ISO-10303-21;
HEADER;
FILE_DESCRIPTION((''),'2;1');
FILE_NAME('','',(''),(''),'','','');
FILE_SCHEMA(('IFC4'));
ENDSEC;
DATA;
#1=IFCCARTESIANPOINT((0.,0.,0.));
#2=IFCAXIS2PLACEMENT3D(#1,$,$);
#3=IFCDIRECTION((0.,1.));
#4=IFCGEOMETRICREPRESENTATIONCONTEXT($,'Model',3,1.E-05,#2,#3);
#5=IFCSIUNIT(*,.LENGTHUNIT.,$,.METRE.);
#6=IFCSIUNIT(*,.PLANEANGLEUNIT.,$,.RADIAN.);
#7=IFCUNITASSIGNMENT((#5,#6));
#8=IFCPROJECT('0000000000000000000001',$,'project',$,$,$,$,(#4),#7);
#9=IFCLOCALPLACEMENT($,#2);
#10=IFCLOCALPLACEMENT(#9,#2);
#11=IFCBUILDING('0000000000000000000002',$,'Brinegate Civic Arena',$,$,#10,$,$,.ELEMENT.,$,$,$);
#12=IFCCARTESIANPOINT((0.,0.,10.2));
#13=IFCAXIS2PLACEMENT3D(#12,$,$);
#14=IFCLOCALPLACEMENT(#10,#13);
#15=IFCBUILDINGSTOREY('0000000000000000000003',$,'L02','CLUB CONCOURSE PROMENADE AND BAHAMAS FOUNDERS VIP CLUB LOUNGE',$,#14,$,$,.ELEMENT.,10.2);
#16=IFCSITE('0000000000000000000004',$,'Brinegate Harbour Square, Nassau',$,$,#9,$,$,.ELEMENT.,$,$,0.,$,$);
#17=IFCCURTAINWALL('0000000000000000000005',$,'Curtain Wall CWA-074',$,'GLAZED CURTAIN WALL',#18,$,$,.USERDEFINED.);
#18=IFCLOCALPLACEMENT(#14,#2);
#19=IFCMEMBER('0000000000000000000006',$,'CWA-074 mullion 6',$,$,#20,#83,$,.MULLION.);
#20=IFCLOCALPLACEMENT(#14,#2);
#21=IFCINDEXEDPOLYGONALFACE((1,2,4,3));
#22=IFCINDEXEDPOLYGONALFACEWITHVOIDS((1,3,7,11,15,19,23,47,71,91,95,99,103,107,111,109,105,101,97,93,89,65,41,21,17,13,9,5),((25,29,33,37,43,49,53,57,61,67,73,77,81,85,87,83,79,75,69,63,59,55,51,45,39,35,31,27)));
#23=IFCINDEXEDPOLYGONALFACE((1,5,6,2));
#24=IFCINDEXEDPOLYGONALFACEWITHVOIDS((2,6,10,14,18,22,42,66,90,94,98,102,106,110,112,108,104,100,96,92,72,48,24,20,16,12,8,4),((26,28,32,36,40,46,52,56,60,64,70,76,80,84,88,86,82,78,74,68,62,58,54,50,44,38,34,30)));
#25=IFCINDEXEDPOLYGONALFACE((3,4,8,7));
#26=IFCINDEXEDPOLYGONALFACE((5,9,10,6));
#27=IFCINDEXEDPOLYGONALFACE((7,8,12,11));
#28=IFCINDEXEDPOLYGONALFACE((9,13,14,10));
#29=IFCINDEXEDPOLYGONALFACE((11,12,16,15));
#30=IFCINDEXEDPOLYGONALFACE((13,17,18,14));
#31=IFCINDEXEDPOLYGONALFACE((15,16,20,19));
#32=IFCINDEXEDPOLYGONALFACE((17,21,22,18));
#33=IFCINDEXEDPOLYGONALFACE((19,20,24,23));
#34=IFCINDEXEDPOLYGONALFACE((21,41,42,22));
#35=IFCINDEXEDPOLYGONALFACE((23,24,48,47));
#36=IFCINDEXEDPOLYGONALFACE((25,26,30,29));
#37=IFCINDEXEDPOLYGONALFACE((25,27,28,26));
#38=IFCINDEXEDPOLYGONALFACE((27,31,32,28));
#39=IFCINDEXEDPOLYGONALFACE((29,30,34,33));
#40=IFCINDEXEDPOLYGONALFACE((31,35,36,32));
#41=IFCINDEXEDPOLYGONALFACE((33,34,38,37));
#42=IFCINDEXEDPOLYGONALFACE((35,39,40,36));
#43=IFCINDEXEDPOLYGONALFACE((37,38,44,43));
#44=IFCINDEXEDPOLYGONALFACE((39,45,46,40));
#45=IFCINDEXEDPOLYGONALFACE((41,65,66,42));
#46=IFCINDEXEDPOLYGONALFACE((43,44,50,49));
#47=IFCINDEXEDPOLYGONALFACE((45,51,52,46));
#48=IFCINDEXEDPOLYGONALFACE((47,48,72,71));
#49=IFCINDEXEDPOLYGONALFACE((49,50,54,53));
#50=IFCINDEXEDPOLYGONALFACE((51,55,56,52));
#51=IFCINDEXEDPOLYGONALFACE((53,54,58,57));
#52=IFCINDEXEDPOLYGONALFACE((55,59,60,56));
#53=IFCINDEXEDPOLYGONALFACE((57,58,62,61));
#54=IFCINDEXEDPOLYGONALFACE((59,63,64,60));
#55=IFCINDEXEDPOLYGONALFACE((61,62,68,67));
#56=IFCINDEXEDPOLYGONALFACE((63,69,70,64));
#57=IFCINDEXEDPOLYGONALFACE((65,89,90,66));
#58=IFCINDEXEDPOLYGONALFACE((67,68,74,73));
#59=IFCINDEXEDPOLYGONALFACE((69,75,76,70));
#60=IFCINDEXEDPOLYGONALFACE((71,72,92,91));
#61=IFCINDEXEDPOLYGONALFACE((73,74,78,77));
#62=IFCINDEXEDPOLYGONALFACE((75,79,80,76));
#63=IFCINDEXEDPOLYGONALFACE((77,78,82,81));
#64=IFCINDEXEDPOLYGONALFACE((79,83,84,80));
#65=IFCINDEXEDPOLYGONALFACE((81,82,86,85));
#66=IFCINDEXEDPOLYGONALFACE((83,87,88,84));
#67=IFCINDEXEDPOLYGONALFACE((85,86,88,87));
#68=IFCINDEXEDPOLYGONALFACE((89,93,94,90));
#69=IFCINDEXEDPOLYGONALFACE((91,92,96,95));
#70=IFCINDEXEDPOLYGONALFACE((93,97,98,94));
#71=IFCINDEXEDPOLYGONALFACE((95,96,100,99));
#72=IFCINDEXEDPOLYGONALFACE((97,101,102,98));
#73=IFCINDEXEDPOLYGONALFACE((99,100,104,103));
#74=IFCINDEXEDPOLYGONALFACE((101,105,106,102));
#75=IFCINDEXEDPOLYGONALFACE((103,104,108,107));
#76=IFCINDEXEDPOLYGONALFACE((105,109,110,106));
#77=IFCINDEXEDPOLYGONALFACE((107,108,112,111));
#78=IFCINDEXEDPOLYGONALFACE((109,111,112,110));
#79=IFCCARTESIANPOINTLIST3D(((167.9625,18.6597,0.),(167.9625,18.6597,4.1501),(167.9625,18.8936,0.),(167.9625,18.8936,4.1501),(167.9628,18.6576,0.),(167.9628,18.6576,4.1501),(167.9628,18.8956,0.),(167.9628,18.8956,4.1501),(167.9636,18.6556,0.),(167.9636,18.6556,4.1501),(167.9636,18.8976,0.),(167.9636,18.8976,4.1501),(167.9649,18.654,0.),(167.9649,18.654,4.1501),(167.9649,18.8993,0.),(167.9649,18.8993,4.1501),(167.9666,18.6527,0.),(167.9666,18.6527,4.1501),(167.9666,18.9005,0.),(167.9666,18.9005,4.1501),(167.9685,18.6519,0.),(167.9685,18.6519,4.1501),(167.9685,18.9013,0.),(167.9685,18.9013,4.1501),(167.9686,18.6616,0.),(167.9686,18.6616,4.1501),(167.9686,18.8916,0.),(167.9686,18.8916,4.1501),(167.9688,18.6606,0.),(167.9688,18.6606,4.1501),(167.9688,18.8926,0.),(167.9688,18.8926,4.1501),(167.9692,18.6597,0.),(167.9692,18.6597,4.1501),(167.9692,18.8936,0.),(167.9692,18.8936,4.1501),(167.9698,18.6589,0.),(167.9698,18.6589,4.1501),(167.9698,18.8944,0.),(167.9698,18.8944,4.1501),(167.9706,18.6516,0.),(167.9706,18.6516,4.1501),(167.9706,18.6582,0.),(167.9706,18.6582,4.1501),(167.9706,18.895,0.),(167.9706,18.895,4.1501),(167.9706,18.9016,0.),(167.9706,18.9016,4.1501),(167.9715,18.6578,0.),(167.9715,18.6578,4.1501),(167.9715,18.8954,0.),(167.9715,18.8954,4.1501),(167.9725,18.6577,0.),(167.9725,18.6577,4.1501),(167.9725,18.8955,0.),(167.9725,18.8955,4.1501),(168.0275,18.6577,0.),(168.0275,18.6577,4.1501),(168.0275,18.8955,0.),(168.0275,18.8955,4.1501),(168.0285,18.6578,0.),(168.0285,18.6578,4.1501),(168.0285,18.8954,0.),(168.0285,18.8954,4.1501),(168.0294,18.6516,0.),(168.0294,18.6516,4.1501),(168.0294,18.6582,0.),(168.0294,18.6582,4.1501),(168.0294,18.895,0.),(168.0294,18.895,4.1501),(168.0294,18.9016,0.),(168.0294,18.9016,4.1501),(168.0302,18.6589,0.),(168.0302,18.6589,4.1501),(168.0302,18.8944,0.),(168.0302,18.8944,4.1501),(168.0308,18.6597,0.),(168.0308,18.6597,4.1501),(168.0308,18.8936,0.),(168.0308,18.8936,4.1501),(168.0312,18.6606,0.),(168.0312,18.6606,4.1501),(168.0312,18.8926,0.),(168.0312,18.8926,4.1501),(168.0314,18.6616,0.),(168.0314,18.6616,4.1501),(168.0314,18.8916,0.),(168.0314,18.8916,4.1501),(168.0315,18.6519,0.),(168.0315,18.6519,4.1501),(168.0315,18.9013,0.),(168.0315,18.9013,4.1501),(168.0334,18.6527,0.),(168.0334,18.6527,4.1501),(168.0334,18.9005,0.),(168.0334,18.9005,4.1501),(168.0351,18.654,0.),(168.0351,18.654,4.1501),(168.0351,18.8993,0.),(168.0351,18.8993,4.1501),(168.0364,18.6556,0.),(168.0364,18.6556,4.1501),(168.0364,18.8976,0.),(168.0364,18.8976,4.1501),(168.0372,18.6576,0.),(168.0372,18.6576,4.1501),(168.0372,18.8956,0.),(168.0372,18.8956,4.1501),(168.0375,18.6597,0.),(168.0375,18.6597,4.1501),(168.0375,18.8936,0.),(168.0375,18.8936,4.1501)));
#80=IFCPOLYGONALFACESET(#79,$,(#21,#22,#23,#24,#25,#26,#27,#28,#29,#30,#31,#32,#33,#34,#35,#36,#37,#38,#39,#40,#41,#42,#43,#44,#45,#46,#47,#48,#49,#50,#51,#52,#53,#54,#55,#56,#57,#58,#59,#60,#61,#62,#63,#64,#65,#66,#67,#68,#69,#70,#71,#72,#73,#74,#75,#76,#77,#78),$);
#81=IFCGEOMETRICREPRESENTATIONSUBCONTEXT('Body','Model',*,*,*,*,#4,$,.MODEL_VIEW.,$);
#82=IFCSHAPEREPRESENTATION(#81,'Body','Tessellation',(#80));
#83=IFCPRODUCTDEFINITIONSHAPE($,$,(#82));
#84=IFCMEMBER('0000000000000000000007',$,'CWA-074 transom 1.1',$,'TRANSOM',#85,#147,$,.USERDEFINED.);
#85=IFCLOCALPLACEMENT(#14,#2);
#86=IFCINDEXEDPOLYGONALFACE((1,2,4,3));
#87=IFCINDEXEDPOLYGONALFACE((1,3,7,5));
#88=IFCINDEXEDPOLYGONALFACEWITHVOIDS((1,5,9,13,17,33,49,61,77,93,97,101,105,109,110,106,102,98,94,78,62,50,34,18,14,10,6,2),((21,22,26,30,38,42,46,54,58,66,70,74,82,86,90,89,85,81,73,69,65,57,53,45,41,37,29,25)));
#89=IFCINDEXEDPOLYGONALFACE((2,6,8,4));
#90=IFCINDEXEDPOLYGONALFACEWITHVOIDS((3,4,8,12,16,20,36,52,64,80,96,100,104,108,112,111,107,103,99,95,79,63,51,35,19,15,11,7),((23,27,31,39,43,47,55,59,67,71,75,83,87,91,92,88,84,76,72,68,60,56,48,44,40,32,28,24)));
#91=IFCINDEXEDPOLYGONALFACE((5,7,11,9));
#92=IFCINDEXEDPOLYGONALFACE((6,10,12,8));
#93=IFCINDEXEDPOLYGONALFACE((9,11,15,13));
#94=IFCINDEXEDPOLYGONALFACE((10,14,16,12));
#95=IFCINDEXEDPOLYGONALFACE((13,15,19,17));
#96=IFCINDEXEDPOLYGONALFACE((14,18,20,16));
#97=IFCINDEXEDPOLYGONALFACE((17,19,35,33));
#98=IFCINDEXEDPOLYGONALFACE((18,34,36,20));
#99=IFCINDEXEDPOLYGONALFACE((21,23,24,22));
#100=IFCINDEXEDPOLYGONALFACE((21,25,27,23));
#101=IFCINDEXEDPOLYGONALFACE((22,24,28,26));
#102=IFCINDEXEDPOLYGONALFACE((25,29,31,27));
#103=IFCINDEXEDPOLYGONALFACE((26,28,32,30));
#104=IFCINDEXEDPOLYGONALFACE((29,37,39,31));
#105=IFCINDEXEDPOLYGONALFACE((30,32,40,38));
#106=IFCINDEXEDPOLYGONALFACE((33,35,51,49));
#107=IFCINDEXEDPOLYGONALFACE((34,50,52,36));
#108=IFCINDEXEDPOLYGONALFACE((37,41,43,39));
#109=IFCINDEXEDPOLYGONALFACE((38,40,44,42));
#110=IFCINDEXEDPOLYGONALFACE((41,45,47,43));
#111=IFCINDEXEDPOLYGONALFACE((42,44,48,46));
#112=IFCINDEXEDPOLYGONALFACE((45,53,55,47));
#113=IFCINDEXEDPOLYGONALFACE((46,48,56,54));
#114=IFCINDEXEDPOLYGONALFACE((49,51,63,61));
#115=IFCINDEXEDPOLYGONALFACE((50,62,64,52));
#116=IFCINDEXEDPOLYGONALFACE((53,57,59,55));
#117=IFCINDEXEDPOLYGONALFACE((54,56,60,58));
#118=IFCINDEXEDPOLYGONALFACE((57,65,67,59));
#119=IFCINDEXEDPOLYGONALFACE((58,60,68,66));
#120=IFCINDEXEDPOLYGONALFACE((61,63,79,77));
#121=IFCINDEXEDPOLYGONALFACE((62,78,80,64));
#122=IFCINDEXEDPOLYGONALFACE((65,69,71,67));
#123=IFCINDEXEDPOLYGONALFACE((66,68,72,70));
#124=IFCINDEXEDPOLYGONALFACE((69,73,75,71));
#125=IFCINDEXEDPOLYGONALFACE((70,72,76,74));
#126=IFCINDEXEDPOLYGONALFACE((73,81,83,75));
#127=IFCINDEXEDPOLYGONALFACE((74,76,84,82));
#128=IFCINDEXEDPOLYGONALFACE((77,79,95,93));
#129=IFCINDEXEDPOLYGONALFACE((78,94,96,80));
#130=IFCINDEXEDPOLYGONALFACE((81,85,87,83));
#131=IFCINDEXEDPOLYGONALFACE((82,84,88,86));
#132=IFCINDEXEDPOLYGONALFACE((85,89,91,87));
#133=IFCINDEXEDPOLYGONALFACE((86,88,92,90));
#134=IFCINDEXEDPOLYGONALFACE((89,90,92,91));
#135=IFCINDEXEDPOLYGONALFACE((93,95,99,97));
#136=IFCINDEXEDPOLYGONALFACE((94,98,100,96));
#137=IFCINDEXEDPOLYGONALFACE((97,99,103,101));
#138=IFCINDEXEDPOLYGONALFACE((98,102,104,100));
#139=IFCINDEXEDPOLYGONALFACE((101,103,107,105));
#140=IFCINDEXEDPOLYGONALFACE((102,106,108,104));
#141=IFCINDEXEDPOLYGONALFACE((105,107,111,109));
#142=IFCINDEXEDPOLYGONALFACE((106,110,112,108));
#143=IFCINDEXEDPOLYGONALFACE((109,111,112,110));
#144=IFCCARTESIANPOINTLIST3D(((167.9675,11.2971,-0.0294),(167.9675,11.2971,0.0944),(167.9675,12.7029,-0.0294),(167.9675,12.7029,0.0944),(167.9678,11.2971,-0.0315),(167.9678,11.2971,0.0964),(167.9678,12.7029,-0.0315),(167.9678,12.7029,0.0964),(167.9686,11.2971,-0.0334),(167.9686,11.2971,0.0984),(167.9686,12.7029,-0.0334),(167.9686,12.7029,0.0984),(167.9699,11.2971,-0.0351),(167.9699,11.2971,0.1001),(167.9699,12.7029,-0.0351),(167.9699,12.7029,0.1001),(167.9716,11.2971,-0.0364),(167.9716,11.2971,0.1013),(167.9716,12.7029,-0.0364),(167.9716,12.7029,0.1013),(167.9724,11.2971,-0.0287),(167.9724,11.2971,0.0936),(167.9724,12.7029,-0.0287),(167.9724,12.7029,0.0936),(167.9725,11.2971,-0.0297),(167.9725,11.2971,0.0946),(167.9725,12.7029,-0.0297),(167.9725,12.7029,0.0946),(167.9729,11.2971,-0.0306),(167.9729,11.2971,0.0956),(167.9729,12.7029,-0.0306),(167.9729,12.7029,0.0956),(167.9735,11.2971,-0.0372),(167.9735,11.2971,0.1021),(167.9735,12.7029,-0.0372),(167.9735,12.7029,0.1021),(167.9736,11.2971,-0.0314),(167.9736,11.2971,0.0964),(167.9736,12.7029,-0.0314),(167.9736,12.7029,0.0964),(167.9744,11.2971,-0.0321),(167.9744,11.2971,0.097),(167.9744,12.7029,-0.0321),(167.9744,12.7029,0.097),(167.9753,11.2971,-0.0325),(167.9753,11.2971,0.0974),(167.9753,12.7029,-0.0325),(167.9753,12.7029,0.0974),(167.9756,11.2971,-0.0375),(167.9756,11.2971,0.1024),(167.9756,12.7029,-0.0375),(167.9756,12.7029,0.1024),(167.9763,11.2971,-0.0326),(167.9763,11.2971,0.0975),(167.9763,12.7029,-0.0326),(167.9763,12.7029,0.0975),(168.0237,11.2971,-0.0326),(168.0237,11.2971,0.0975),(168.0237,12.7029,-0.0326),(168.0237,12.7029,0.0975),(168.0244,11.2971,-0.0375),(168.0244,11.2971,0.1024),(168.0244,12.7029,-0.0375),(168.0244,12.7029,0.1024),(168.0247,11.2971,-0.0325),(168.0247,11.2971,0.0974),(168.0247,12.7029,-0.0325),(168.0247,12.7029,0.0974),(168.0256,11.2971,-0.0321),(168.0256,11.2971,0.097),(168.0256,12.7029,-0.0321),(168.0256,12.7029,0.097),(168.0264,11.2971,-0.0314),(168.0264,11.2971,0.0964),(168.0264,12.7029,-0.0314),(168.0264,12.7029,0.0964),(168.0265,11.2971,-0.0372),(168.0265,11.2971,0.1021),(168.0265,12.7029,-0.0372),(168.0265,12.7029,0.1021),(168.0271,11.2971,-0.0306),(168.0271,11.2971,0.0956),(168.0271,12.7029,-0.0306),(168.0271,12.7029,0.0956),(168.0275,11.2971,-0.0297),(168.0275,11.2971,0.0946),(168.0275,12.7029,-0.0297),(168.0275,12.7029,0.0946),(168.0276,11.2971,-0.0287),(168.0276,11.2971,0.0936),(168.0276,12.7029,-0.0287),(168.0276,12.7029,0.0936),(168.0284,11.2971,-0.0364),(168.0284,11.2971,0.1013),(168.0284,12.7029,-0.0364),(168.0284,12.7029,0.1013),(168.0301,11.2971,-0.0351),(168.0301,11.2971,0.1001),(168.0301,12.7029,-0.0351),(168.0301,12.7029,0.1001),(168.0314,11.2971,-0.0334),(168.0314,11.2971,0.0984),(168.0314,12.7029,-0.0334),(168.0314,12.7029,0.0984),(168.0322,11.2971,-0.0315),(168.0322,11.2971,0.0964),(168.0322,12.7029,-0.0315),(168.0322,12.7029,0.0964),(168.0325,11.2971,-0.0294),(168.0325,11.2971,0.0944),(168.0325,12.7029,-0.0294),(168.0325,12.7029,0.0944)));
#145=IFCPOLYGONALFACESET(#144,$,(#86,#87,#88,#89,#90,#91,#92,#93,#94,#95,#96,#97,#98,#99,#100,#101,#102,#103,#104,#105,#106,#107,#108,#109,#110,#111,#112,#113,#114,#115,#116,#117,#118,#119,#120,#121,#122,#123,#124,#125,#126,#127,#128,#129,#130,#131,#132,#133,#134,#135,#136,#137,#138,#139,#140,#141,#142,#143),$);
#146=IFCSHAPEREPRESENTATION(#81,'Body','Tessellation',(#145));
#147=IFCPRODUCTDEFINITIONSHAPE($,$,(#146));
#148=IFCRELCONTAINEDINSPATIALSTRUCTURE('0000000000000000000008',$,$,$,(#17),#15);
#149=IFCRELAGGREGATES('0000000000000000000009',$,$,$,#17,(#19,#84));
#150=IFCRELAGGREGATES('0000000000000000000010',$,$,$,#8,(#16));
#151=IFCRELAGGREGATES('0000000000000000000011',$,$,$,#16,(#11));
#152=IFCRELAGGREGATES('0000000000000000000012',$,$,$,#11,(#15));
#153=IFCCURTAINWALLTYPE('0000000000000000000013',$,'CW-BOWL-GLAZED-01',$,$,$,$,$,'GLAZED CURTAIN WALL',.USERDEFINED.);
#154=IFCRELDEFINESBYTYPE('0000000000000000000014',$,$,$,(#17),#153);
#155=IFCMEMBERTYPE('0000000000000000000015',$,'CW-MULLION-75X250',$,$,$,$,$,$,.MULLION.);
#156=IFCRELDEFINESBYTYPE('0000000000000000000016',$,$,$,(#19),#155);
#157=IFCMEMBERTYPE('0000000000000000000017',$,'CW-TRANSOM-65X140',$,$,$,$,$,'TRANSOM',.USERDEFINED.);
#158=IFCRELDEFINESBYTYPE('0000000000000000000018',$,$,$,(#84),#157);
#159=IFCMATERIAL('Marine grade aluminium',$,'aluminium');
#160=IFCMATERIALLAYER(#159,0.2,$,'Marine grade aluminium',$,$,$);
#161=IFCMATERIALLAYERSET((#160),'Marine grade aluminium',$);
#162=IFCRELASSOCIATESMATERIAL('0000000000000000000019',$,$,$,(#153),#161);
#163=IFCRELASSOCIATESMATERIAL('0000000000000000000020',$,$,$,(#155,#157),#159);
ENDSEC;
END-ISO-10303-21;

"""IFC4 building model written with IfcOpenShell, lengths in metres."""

from ifc_helpers import new_model, si_unit, direction, frame, origin, origin_2d, place, context, subcontext, project, spatial, hollow_rectangle, extrude, material, layer, layer_set, material_profile, profile_set, type_object, element, aggregate, save


model = new_model("IFC4")

# Units and contexts
model_context = context("Model", 3, precision=1e-05, world=origin(), true_north=direction((0.0, 1.0)))
body_context = subcontext(model_context, "Body", "Model", "MODEL_VIEW")
ifc_project = project(units=[si_unit("LENGTHUNIT", "METRE"), si_unit("PLANEANGLEUNIT", "RADIAN")], contexts=[model_context])

# Site, building, storey
site_placement = place(None, origin())
site = spatial("IfcSite", under=ifc_project, at=site_placement, Name="Brinegate Harbour Square, Nassau", CompositionType="ELEMENT", RefElevation=0.0)
building_placement = place(site_placement, origin())
building = spatial("IfcBuilding", under=site, at=building_placement, Name="Brinegate Civic Arena", CompositionType="ELEMENT")
storey_placement = place(building_placement, frame((0.0, 0.0, 10.2)))
storey = spatial("IfcBuildingStorey", under=building, at=storey_placement, Name="L02", Description="CLUB CONCOURSE PROMENADE AND BAHAMAS FOUNDERS VIP CLUB LOUNGE", CompositionType="ELEMENT", Elevation=10.2)

# Shared definitions
ifc_material_1 = material(Name="Marine grade aluminium", Category="aluminium")
ifc_layer_1 = layer(ifc_material_1, 0.2, Name="Marine grade aluminium")
ifc_layer_set_1 = layer_set([ifc_layer_1], Name="Marine grade aluminium")
curtain_wall_type = type_object("IfcCurtainWallType", Name="CW-BOWL-GLAZED-01", ElementType="GLAZED CURTAIN WALL", PredefinedType="USERDEFINED", material=ifc_layer_set_1)

# Curtain wall, members
curtain_wall_1_placement = place(storey_placement, origin())
curtain_wall_1 = element("IfcCurtainWall", 1, at=curtain_wall_1_placement, inside=storey, type_object=curtain_wall_type, Name="Curtain Wall CWA-074", ObjectType="GLAZED CURTAIN WALL", PredefinedType="USERDEFINED")
ifc_material_profile_1 = material_profile(ifc_material_1, hollow_rectangle(XDim=0.075, YDim=0.25, WallThickness=0.0061, InnerFilletRadius=0.0039, OuterFilletRadius=0.0081, at=origin_2d()), Name="MUL75X250")
ifc_profile_set_1 = profile_set([ifc_material_profile_1], Name="Marine grade aluminium")
member_type_1 = type_object("IfcMemberType", Name="CW-MULLION-75X250", PredefinedType="MULLION", material=ifc_profile_set_1)
member_1_placement = place(storey_placement, frame((168.0, 18.7766, 0.0), z_axis=(0.0, 0.0, 1.0), x_axis=(-1.0, 0.0, 0.0)))
member_1 = element("IfcMember", 2, at=member_1_placement, type_object=member_type_1, Name="CWA-074 mullion 6", PredefinedType="MULLION", context=body_context, shape_type="SweptSolid", body=[
    extrude(hollow_rectangle(XDim=0.075, YDim=0.25, WallThickness=0.0061, InnerFilletRadius=0.0039, OuterFilletRadius=0.0081, at=origin_2d()), origin(), (0.0, 0.0, 1.0), 4.1501),
])
ifc_material_profile_2 = material_profile(ifc_material_1, hollow_rectangle(XDim=0.0649, YDim=0.1399, WallThickness=0.0049, InnerFilletRadius=0.0039, OuterFilletRadius=0.0081, at=origin_2d()), Name="TRN65X140")
ifc_profile_set_2 = profile_set([ifc_material_profile_2], Name="Marine grade aluminium")
member_type_2 = type_object("IfcMemberType", Name="CW-TRANSOM-65X140", ElementType="TRANSOM", PredefinedType="USERDEFINED", material=ifc_profile_set_2)
member_2_placement = place(storey_placement, frame((168.0, 11.2971, 0.0325), z_axis=(0.0, 1.0, 0.0), x_axis=(-1.0, 0.0, 0.0)))
member_2 = element("IfcMember", 3, at=member_2_placement, type_object=member_type_2, Name="CWA-074 transom 1.1", ObjectType="TRANSOM", PredefinedType="USERDEFINED", context=body_context, shape_type="SweptSolid", body=[
    extrude(hollow_rectangle(XDim=0.0649, YDim=0.1399, WallThickness=0.0049, InnerFilletRadius=0.0039, OuterFilletRadius=0.0081, at=origin_2d()), origin(), (0.0, 0.0, 1.0), 1.4058),
])

aggregate(curtain_wall_1, [member_1, member_2])

save(model, "model.ifc")
